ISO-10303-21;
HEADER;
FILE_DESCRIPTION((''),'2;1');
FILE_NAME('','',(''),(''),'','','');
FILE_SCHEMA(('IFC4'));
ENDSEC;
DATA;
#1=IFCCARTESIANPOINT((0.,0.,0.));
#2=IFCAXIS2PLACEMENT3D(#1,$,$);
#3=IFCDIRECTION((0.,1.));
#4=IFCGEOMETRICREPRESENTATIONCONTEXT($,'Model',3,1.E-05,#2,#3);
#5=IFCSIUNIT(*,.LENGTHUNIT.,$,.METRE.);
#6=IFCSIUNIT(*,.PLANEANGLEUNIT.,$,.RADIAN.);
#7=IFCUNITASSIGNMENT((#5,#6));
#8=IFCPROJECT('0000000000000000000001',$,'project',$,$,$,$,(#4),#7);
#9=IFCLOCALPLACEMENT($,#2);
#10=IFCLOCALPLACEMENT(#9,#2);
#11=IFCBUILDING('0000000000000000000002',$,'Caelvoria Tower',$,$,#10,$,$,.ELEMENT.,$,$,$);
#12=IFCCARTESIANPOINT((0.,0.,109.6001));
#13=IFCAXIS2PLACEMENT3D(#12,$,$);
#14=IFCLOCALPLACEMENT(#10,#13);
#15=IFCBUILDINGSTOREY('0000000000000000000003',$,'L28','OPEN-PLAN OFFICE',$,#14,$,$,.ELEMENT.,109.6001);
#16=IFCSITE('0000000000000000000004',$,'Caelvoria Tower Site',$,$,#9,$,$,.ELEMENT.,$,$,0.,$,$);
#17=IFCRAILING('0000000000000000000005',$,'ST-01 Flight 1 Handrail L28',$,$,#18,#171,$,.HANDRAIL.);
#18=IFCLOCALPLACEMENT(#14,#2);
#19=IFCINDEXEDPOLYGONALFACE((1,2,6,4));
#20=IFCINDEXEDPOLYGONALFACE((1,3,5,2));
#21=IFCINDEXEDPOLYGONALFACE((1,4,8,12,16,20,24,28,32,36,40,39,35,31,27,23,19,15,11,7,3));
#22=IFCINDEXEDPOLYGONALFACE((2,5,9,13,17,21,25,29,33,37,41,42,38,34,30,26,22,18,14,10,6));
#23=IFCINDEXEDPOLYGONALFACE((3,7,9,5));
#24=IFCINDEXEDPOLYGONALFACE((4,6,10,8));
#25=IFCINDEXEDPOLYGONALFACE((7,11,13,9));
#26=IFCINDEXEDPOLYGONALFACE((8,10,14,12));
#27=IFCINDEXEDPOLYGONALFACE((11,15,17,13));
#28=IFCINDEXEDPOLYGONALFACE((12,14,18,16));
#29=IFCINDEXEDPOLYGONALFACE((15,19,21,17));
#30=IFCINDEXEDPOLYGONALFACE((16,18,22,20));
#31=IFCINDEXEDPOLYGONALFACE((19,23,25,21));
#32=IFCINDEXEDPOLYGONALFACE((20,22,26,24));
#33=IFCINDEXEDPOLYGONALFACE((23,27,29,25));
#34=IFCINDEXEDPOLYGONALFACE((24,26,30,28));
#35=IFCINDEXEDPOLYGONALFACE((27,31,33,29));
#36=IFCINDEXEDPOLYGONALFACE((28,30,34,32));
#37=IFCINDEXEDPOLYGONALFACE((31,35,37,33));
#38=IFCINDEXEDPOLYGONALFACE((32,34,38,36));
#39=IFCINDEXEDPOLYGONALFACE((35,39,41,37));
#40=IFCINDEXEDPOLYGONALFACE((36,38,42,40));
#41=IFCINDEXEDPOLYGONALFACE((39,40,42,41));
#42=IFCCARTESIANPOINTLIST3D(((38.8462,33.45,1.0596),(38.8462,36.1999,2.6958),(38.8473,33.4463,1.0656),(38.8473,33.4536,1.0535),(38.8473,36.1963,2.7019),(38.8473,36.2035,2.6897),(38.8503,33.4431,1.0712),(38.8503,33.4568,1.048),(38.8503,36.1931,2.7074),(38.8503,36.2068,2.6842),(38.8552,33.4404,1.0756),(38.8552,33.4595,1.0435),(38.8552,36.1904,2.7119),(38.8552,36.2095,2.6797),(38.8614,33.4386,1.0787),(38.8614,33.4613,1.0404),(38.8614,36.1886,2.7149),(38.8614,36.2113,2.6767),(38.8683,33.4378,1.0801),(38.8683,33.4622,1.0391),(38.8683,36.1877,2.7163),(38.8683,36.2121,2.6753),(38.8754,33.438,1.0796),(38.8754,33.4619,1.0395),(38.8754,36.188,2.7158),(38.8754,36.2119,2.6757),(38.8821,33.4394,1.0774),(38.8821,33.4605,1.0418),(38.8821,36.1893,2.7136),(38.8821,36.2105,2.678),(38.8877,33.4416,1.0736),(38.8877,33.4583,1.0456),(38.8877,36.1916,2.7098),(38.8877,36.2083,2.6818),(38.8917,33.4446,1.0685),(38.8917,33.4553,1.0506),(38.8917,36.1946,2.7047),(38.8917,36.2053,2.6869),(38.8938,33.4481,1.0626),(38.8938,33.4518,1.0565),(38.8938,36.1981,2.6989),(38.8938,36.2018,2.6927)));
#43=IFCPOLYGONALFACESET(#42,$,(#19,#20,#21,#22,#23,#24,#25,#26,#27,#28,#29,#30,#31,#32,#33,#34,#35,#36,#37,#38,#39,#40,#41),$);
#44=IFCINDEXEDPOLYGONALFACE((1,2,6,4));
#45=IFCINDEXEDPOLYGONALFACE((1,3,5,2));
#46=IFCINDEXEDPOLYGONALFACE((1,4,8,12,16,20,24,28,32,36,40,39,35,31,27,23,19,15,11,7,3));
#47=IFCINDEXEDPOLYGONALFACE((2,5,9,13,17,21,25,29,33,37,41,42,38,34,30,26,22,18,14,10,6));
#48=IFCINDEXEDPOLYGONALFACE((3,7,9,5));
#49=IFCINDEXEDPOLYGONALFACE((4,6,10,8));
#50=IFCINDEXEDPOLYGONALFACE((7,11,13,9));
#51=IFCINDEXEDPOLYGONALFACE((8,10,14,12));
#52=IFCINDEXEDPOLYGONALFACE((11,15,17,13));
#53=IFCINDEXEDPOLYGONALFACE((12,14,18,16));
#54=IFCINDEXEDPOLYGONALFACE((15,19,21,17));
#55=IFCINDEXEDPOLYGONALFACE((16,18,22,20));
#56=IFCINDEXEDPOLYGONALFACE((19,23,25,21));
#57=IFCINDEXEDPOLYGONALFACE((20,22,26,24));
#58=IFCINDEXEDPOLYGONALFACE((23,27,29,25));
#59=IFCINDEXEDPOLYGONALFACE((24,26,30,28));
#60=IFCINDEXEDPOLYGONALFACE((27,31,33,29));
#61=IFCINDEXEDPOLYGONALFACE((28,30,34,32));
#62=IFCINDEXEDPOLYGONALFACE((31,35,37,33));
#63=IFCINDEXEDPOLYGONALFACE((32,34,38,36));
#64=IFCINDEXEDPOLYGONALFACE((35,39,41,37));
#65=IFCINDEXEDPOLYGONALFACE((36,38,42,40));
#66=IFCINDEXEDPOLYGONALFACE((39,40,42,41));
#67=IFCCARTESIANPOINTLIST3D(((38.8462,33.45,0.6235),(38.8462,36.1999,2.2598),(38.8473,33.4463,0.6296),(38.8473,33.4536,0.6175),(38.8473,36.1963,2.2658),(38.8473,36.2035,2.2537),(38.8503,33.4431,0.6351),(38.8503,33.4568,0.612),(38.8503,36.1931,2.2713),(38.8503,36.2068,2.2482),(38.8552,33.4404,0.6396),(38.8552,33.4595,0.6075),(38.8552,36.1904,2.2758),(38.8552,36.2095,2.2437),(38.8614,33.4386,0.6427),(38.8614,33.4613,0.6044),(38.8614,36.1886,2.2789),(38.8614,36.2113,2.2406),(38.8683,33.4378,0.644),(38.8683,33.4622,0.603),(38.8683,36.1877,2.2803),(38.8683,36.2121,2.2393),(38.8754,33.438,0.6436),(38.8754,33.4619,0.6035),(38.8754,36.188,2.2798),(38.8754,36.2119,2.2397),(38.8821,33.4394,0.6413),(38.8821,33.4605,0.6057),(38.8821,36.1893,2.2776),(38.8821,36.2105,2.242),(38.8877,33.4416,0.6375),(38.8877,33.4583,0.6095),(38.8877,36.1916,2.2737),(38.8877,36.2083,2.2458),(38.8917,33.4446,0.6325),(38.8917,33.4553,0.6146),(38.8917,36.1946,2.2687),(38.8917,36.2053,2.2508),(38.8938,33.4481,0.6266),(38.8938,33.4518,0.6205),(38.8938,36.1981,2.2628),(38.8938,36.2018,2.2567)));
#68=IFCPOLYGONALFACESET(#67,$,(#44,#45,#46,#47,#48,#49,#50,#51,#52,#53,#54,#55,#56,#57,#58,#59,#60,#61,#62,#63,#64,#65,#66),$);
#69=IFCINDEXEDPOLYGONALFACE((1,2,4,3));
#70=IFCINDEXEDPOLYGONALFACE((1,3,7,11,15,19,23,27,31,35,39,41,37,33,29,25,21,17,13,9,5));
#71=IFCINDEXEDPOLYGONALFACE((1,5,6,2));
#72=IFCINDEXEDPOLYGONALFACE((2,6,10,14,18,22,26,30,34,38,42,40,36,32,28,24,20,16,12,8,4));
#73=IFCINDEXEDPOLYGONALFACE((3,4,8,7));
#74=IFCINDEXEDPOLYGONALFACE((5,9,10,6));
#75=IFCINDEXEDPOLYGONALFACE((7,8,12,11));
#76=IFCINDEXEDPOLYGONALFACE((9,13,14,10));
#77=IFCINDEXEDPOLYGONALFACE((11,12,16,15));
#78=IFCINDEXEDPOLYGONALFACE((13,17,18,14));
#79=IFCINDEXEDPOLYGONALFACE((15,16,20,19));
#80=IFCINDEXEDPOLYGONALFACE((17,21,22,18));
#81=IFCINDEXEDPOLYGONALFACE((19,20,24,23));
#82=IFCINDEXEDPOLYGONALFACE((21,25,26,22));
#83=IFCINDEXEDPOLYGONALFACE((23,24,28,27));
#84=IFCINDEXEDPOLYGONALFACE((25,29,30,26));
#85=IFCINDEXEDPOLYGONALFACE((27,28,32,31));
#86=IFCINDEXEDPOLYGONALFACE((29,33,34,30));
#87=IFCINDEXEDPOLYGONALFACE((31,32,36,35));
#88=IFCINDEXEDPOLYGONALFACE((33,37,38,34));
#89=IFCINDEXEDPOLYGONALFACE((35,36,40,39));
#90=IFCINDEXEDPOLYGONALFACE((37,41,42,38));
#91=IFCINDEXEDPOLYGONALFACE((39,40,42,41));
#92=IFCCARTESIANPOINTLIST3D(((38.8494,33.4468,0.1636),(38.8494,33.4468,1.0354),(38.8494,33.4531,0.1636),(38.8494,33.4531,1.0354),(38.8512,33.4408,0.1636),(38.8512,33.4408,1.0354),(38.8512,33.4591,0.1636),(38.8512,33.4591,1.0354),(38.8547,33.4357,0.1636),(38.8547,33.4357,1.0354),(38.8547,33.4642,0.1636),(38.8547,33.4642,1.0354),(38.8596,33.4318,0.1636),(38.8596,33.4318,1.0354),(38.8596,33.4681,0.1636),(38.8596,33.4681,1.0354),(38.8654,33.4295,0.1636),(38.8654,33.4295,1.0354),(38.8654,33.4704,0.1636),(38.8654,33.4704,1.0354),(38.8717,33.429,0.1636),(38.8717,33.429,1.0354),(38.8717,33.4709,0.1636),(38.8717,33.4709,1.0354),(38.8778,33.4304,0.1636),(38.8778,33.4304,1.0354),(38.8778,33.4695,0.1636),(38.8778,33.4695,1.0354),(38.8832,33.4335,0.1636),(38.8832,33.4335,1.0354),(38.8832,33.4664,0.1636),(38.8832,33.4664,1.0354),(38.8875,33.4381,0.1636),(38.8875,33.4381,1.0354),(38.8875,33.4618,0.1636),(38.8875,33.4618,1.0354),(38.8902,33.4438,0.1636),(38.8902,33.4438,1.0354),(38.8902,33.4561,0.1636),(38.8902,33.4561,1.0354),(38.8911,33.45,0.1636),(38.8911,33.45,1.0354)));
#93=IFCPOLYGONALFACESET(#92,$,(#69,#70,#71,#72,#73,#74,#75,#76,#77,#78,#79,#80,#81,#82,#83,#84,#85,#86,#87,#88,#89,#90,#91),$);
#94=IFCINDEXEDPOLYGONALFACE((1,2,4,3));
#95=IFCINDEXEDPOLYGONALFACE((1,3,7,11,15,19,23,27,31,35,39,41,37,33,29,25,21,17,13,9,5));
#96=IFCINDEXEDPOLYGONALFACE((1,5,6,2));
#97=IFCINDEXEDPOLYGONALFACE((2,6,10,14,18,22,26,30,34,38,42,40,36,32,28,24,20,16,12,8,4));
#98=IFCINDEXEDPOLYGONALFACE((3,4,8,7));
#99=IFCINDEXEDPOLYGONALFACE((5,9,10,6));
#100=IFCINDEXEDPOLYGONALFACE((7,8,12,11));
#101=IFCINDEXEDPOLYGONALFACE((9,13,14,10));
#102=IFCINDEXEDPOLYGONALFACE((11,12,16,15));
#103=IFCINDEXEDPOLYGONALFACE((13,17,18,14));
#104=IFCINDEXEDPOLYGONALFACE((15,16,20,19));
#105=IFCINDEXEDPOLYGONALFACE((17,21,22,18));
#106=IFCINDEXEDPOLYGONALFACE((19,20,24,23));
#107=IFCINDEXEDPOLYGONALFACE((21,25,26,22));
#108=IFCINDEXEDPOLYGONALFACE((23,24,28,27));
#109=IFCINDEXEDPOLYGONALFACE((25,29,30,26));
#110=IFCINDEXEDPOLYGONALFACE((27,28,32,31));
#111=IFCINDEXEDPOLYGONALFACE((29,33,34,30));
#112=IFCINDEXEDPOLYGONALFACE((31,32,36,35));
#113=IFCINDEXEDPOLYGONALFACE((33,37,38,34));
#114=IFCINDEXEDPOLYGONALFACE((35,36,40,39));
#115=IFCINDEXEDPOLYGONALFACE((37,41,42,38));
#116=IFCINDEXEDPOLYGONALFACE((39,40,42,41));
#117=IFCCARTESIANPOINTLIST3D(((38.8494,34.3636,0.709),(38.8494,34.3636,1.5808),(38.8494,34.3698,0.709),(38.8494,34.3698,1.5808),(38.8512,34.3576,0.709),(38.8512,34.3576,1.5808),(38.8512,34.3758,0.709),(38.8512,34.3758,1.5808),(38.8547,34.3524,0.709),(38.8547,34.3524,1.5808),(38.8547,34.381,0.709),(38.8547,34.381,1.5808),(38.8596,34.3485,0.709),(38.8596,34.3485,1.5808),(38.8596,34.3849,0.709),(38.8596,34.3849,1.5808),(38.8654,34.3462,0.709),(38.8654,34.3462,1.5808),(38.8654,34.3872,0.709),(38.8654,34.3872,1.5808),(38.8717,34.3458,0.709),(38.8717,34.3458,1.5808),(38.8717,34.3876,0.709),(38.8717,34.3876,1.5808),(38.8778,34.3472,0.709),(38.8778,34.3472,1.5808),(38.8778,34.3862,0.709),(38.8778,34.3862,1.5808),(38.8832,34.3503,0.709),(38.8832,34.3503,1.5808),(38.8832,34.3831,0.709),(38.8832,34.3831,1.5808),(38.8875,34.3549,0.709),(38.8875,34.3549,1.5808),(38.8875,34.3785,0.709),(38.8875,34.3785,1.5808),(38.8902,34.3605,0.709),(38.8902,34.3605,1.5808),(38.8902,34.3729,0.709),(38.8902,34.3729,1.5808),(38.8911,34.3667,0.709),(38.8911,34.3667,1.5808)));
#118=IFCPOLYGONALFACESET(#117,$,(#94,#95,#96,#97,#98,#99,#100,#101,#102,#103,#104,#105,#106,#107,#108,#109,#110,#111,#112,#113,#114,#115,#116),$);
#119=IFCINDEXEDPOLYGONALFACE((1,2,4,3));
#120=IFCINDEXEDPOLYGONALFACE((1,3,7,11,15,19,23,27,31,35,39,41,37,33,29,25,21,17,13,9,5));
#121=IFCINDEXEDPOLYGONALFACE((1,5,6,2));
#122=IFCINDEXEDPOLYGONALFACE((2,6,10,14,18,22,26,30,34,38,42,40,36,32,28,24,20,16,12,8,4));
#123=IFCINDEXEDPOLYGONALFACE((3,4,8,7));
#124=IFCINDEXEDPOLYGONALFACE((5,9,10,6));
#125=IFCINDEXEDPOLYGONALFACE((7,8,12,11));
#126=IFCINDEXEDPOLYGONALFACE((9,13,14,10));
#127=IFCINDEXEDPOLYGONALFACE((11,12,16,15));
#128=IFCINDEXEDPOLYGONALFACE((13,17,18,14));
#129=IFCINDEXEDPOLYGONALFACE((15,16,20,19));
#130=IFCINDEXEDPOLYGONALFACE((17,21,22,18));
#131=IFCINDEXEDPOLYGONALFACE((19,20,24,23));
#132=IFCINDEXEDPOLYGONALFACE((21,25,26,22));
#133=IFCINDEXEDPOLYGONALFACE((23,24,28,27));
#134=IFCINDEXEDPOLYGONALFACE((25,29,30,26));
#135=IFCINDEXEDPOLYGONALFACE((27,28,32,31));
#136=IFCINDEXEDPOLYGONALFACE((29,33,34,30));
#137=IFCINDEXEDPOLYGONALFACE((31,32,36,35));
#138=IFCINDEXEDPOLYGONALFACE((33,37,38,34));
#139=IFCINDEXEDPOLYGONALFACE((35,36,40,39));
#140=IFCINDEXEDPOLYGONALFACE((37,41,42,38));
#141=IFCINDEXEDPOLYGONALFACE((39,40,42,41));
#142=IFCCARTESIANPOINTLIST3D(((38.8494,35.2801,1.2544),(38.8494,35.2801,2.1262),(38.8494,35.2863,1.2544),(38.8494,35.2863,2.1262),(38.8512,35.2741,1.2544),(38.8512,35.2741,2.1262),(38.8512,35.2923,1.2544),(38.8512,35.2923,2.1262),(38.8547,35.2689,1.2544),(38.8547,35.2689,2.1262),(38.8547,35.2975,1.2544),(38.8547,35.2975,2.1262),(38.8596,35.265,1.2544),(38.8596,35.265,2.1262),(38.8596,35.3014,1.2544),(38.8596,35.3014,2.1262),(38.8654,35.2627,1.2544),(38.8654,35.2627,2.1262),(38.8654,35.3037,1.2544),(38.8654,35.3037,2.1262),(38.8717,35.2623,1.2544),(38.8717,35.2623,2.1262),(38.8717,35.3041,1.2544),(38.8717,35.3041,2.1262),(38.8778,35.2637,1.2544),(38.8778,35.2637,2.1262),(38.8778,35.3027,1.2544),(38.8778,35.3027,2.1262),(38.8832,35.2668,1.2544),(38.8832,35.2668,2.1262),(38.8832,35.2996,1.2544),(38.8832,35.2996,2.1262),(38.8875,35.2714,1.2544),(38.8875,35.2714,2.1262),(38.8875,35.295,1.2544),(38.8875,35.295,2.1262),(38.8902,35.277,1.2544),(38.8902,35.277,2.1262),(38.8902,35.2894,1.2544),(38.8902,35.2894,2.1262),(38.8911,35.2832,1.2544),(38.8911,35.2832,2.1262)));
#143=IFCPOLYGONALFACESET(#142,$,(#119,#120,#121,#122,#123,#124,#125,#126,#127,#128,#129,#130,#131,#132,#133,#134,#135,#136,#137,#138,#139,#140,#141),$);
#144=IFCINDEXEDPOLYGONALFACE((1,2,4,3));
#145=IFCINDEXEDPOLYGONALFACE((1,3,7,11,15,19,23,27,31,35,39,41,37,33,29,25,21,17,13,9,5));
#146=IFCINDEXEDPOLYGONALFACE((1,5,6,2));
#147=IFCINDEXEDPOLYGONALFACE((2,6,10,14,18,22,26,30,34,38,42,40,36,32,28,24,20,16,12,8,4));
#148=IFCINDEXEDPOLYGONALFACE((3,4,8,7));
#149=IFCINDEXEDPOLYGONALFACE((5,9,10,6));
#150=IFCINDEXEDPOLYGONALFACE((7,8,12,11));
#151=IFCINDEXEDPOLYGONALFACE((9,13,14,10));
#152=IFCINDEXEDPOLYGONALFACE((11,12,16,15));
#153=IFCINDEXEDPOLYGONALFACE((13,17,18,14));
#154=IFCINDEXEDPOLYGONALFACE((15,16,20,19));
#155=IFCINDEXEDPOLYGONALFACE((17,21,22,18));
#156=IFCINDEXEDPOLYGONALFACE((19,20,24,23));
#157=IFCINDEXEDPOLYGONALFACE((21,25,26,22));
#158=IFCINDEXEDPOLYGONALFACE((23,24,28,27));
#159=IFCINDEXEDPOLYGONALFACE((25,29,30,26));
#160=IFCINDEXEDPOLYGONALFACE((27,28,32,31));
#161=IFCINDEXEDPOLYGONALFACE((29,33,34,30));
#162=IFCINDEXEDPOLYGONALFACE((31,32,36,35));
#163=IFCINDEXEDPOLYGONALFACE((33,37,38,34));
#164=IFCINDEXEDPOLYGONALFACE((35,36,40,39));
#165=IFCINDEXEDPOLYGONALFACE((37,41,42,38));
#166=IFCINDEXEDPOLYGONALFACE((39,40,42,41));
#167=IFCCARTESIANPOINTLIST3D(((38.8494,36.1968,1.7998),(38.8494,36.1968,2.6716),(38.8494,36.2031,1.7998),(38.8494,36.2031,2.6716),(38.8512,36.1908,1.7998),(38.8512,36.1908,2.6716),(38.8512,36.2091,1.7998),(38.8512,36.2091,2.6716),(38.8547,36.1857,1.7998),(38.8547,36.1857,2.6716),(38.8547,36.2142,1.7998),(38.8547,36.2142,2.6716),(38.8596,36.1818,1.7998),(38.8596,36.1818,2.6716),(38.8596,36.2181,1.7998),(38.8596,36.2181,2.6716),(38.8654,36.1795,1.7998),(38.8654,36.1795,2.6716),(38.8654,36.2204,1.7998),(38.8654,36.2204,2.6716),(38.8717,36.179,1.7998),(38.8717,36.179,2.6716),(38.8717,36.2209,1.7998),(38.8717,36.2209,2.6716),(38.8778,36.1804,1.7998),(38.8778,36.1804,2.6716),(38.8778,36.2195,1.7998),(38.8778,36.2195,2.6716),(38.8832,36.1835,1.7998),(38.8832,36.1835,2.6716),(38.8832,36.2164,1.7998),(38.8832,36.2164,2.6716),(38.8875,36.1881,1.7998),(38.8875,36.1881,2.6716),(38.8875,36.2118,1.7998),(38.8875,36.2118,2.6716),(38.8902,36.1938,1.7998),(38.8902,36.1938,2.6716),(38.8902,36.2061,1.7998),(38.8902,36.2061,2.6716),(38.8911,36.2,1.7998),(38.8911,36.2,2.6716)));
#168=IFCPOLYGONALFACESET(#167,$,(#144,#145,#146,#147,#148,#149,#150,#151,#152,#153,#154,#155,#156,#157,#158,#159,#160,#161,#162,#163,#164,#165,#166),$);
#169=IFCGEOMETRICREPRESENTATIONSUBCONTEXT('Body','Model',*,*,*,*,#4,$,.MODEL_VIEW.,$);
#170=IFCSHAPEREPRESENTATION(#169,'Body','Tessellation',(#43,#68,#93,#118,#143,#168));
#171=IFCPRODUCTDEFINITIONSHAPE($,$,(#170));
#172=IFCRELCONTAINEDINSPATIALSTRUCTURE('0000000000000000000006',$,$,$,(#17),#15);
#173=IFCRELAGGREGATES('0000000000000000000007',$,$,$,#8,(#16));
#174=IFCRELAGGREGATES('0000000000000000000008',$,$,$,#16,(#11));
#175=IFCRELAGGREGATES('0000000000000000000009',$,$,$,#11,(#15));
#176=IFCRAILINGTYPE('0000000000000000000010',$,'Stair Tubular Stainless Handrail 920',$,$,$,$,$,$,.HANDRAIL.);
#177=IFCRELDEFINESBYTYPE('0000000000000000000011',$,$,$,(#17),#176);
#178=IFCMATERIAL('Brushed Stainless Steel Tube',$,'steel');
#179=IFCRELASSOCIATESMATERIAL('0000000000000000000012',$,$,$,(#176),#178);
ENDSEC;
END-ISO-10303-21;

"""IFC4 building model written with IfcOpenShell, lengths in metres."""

from ifc_helpers import new_model, si_unit, direction, frame, origin, origin_2d, place, context, subcontext, project, spatial, circle, extrude, material, type_object, element, save


model = new_model("IFC4")

# Units and contexts
model_context = context("Model", 3, precision=1e-05, world=origin(), true_north=direction((0.0, 1.0)))
body_context = subcontext(model_context, "Body", "Model", "MODEL_VIEW")
ifc_project = project(units=[si_unit("LENGTHUNIT", "METRE"), si_unit("PLANEANGLEUNIT", "RADIAN")], contexts=[model_context])

# Site, building, storey
site_placement = place(None, origin())
site = spatial("IfcSite", under=ifc_project, at=site_placement, Name="Caelvoria Tower Site", CompositionType="ELEMENT", RefElevation=0.0)
building_placement = place(site_placement, origin())
building = spatial("IfcBuilding", under=site, at=building_placement, Name="Caelvoria Tower", CompositionType="ELEMENT")
storey_placement = place(building_placement, frame((0.0, 0.0, 109.6001)))
storey = spatial("IfcBuildingStorey", under=building, at=storey_placement, Name="L28", Description="OPEN-PLAN OFFICE", CompositionType="ELEMENT", Elevation=109.6001)

# Railing
ifc_material_1 = material(Name="Brushed Stainless Steel Tube", Category="steel")
railing_type_1 = type_object("IfcRailingType", Name="Stair Tubular Stainless Handrail 920", PredefinedType="HANDRAIL", material=ifc_material_1)
railing_1_placement = place(storey_placement, frame((38.8701, 33.45, 0.1636)))
element("IfcRailing", 1, at=railing_1_placement, inside=storey, type_object=railing_type_1, Name="ST-01 Flight 1 Handrail L28", PredefinedType="HANDRAIL", context=body_context, shape_type="SweptSolid", body=[
    extrude(circle(Radius=0.0239, at=origin_2d()), frame((0.0, 0.0, 0.896), z_axis=(0.0, 0.859385, 0.511328), x_axis=(-1.0, 0.0, 0.0)), (0.0, 0.0, 1.0), 3.2),
    extrude(circle(Radius=0.0239, at=origin_2d()), frame((0.0, 0.0, 0.46), z_axis=(0.0, 0.859385, 0.511328), x_axis=(-1.0, 0.0, 0.0)), (0.0, 0.0, 1.0), 3.2),
    extrude(circle(Radius=0.021, at=origin_2d()), origin(), (0.0, 0.0, 1.0), 0.8718),
    extrude(circle(Radius=0.021, at=origin_2d()), frame((0.0, 0.9167, 0.5454)), (0.0, 0.0, 1.0), 0.8718),
    extrude(circle(Radius=0.021, at=origin_2d()), frame((0.0, 1.8333, 1.0908)), (0.0, 0.0, 1.0), 0.8718),
    extrude(circle(Radius=0.021, at=origin_2d()), frame((0.0, 2.75, 1.6362)), (0.0, 0.0, 1.0), 0.8718),
])

save(model, "model.ifc")
